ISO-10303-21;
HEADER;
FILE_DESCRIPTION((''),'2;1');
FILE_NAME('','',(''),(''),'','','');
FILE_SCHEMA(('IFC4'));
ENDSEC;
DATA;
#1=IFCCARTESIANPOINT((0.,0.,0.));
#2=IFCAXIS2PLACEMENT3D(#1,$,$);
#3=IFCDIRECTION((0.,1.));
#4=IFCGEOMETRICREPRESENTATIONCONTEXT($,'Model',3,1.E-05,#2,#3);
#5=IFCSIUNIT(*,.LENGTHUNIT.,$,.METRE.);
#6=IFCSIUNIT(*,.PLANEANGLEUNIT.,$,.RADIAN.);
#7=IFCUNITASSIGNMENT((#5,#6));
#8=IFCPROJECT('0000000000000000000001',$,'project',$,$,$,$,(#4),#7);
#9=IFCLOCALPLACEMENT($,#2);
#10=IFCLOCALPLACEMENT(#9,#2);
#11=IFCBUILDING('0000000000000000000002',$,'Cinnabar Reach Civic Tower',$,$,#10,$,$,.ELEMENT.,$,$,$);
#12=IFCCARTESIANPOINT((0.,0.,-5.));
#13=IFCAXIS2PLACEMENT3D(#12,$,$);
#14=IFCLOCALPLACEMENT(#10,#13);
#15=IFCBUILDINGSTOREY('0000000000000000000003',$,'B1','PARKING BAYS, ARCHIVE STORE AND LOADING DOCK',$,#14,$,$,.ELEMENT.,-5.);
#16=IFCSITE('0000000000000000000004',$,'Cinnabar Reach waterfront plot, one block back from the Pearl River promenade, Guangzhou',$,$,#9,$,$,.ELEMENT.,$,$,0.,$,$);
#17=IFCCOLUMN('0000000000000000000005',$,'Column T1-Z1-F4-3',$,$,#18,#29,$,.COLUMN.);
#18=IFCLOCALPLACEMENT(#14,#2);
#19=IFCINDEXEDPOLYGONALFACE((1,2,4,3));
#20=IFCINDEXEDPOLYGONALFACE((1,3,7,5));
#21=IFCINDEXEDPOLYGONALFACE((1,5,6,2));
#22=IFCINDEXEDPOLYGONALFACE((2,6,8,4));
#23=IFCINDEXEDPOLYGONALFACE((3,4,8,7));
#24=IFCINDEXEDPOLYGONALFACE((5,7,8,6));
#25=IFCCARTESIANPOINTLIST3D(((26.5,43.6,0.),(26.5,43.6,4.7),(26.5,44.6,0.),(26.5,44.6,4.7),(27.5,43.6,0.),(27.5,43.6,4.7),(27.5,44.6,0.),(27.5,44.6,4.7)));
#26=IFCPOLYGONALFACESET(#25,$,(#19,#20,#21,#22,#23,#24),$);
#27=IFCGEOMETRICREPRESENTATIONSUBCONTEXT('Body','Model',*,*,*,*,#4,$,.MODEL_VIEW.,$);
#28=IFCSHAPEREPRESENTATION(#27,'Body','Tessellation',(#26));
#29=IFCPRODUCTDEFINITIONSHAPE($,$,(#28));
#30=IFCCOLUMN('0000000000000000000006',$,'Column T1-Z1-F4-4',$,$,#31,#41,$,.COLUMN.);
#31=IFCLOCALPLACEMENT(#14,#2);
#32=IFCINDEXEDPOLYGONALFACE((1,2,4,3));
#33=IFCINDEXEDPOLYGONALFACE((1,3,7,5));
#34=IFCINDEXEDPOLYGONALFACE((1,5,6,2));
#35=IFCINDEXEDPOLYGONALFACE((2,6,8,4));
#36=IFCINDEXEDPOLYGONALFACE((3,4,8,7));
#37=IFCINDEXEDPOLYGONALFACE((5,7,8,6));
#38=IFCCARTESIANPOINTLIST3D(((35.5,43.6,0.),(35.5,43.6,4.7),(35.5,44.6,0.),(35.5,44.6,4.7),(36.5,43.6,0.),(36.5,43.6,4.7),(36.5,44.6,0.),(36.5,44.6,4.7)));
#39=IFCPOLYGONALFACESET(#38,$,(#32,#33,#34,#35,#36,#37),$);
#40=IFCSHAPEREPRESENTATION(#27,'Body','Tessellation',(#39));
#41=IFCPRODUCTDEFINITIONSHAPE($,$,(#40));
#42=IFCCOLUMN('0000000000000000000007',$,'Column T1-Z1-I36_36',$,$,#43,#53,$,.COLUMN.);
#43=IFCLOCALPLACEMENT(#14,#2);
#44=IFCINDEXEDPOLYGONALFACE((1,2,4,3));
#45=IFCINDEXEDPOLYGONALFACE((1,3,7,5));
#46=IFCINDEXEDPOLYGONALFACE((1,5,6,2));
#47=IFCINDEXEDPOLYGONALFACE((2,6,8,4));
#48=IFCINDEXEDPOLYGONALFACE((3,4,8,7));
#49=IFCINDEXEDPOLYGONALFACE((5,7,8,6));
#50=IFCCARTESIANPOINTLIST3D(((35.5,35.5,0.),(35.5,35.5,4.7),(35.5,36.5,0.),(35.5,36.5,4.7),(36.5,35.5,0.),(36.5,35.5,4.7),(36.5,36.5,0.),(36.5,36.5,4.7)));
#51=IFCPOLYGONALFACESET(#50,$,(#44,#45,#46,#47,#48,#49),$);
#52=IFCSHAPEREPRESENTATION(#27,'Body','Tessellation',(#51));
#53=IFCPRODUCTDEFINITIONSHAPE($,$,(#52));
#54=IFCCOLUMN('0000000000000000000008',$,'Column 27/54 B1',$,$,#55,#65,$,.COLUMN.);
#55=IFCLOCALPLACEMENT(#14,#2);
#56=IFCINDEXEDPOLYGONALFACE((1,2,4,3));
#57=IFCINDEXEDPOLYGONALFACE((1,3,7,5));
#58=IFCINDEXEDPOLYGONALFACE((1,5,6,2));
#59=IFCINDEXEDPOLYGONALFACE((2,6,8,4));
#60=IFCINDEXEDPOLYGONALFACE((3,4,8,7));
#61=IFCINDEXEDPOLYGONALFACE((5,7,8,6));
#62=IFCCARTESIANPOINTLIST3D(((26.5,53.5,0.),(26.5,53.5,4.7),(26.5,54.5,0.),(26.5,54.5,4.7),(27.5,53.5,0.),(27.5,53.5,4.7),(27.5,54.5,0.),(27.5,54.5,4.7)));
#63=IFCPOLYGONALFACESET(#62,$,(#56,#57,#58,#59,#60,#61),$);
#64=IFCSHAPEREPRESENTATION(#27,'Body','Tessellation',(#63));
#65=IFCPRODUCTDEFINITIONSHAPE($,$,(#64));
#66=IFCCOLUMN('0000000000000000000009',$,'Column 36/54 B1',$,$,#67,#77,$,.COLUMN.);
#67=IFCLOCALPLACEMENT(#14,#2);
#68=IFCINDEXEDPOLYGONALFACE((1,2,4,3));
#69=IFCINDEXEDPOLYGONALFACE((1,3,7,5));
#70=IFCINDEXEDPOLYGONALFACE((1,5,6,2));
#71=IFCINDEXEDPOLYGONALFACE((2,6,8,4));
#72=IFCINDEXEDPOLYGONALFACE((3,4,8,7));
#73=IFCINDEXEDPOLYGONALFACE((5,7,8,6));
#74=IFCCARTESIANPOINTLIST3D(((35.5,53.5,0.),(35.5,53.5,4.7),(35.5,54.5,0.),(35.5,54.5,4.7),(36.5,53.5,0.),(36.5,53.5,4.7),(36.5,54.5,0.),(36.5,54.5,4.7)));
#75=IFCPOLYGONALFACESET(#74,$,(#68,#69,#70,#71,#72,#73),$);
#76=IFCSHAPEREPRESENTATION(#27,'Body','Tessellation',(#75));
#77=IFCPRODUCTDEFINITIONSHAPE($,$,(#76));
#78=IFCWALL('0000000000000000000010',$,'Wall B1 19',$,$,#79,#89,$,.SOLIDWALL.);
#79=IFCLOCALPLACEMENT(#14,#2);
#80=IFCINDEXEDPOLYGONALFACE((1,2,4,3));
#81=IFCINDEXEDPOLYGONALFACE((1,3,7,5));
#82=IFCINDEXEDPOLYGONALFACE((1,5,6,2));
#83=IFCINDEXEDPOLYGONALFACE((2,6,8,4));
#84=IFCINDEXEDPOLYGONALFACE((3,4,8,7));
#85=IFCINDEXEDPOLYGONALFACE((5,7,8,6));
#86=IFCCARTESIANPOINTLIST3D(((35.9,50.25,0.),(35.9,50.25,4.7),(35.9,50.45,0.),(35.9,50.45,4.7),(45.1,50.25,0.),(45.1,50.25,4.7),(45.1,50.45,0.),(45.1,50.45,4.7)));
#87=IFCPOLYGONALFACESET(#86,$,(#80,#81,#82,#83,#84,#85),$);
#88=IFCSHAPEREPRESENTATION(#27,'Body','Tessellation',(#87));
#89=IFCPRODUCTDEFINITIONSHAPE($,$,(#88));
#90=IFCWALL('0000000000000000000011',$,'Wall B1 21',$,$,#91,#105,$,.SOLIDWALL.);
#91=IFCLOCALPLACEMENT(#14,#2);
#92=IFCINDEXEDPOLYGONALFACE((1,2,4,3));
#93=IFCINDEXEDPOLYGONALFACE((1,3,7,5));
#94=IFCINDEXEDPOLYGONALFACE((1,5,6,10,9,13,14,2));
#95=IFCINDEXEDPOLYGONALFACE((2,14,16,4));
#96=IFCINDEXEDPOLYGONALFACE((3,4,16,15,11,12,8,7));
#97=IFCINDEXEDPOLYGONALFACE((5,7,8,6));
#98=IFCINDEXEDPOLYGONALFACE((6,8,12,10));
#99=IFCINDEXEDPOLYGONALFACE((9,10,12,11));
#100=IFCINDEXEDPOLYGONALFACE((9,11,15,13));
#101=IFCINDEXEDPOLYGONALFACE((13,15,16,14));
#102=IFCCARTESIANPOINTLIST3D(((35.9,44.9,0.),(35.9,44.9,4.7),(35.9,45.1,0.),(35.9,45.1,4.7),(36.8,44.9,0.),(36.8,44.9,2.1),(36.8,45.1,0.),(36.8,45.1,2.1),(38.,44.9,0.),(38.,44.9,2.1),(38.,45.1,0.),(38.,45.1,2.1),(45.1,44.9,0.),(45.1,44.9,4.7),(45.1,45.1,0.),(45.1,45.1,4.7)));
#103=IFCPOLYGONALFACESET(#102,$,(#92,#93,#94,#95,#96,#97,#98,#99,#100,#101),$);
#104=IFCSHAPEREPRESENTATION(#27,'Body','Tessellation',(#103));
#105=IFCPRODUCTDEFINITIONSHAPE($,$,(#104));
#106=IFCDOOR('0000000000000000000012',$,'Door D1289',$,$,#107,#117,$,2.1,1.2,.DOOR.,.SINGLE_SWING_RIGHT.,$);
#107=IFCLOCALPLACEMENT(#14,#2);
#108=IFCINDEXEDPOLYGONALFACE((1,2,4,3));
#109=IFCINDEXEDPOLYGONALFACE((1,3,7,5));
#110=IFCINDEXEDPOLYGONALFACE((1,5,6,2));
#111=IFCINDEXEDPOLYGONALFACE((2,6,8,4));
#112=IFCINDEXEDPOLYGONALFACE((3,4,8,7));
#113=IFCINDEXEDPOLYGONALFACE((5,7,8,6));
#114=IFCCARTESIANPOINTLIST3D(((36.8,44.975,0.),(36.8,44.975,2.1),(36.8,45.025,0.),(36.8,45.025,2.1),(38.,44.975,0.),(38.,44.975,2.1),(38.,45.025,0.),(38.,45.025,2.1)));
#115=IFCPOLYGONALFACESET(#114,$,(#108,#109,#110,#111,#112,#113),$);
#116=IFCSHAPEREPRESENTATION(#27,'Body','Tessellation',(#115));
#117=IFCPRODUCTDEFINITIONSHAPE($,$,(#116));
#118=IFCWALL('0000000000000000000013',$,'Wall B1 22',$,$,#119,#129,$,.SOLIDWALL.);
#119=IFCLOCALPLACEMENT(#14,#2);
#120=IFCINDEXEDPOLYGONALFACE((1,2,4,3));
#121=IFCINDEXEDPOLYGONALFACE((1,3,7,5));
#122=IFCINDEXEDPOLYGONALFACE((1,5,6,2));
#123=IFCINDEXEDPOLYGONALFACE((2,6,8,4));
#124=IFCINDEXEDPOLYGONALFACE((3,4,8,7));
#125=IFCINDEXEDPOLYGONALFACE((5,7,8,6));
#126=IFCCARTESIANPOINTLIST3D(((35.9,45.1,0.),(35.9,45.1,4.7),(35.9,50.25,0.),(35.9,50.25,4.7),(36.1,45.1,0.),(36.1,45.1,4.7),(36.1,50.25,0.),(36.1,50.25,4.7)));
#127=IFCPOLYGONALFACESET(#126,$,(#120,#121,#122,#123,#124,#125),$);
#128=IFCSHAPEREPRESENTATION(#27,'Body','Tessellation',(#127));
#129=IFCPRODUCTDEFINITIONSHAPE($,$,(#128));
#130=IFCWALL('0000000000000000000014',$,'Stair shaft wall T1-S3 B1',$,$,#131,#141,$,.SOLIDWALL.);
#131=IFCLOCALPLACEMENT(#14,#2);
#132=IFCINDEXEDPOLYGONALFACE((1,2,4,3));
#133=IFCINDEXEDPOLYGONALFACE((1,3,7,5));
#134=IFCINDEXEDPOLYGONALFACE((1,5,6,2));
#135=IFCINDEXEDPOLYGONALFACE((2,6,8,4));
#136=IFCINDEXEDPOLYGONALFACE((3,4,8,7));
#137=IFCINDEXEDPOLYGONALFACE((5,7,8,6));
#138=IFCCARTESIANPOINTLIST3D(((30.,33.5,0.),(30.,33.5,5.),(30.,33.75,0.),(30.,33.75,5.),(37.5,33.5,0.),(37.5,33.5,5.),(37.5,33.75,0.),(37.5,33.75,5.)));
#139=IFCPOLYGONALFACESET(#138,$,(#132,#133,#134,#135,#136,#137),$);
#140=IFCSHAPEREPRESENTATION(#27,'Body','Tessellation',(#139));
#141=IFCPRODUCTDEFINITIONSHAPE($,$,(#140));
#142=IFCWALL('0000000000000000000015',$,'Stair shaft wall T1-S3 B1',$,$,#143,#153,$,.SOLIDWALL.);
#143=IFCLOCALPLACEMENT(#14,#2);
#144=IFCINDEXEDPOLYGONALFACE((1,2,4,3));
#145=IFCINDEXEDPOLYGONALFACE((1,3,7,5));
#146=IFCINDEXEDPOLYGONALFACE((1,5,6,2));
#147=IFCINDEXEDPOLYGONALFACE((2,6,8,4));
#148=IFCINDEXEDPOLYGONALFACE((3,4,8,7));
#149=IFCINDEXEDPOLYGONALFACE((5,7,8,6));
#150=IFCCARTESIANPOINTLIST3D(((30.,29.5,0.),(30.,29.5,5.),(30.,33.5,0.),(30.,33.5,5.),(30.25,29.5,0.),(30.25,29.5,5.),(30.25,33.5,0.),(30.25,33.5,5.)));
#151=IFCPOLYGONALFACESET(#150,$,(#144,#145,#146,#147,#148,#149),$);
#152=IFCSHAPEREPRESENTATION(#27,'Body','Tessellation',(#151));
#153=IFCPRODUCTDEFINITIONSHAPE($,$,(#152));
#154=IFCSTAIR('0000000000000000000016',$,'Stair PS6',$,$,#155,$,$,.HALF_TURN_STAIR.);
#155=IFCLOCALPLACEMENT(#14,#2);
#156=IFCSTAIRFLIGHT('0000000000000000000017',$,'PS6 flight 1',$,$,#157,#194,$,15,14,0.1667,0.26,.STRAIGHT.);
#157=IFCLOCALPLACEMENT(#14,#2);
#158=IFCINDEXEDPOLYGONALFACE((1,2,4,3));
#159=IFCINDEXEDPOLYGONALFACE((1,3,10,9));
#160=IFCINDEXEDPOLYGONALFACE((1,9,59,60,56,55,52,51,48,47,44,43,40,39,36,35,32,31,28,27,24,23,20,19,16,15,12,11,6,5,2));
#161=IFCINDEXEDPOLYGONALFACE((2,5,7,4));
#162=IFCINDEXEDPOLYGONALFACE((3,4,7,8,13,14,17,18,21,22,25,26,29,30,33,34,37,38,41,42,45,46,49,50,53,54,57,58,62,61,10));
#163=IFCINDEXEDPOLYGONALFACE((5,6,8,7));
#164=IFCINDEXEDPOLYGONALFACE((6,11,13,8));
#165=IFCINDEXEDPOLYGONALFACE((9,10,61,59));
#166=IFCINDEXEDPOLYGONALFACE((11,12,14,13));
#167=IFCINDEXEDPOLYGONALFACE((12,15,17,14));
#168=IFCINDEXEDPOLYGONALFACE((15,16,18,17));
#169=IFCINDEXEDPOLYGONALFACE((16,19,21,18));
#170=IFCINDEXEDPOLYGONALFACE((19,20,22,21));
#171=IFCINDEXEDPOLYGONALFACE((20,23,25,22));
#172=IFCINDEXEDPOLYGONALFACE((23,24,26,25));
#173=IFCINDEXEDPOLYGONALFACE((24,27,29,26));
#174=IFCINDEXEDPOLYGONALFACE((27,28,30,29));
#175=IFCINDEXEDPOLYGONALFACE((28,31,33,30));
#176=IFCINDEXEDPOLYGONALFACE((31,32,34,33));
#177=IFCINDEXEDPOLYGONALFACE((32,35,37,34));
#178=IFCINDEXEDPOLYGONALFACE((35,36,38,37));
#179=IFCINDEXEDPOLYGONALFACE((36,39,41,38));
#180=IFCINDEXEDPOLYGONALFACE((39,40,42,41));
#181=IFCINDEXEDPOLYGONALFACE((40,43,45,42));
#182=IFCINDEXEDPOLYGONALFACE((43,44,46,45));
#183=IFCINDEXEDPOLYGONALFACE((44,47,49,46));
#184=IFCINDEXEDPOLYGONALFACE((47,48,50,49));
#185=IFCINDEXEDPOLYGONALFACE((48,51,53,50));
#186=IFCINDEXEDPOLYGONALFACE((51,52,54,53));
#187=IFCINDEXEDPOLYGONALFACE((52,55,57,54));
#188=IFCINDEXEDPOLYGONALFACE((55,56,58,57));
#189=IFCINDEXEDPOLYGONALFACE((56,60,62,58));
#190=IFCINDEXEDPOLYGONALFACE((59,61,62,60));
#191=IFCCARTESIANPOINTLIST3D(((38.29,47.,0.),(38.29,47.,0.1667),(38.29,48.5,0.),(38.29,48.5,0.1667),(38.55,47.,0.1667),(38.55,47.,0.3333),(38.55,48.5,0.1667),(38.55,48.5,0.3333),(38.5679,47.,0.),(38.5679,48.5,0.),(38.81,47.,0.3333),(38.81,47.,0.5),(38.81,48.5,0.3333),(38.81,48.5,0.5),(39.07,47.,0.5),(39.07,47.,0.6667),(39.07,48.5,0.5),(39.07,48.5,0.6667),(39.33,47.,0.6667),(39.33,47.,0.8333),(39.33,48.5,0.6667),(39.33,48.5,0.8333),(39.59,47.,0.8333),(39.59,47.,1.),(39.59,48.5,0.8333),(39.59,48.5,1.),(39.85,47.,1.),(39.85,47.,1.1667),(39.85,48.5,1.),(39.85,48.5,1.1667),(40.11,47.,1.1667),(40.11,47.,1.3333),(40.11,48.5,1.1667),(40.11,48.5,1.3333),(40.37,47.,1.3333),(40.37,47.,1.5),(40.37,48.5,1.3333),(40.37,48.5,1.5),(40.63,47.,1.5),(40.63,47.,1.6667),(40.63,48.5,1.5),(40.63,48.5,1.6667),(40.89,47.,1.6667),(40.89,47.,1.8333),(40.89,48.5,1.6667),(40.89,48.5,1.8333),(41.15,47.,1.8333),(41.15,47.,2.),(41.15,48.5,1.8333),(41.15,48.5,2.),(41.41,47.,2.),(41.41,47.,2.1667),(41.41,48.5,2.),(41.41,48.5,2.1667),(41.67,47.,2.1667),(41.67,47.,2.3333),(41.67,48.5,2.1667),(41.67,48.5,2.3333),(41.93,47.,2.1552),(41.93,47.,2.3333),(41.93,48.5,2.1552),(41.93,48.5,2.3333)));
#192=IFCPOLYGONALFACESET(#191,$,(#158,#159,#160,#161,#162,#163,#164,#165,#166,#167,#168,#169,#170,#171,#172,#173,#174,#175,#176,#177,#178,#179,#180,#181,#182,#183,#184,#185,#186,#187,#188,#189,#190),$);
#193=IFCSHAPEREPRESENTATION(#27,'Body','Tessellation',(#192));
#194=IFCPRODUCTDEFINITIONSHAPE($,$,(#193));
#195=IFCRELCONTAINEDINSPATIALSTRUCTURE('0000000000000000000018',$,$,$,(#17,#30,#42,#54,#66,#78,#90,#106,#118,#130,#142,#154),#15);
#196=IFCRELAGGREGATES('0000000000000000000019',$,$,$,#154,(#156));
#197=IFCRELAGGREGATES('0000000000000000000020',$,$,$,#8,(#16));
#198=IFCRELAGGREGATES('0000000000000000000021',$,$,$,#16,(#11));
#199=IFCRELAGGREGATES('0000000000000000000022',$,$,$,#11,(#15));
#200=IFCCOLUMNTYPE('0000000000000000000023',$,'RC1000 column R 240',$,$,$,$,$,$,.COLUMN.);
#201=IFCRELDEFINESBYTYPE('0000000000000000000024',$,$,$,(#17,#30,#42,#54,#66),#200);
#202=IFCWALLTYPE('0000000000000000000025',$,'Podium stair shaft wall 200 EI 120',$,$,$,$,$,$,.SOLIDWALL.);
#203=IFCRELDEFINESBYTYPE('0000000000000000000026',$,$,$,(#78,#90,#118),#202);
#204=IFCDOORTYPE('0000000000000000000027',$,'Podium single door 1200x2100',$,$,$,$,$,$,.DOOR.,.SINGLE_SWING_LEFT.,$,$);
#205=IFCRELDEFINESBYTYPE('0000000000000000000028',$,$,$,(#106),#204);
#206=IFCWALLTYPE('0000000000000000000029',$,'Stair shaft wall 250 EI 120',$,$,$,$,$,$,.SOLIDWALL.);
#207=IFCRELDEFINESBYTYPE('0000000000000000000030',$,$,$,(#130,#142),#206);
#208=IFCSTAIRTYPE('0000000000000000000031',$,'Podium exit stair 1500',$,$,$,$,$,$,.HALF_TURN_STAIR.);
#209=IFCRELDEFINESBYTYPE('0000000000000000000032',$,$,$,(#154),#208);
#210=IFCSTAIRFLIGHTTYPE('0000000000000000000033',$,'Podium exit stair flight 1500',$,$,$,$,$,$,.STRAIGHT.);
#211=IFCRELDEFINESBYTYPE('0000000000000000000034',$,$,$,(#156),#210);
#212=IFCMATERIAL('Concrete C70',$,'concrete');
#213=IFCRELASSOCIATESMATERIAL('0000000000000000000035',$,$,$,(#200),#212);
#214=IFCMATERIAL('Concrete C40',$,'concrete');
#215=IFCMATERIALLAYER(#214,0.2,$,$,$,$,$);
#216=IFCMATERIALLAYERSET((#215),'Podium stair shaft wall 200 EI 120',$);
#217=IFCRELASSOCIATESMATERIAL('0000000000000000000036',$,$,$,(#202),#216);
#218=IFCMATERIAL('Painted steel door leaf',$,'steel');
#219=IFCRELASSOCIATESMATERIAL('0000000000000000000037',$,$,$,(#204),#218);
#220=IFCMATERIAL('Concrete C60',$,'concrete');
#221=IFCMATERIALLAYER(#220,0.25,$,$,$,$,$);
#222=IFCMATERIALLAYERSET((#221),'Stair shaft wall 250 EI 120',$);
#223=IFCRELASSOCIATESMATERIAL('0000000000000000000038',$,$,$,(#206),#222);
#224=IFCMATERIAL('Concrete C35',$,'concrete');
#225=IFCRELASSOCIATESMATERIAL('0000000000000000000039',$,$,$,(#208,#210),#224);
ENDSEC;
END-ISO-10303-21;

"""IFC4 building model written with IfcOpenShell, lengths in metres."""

from ifc_helpers import new_model, si_unit, direction, frame, frame_2d, origin, origin_2d, place, context, subcontext, project, spatial, polyline, rectangle, outline, extrude, material, layer, layer_set, material_profile, profile_set, type_object, element, fill, aggregate, save


model = new_model("IFC4")

# Units and contexts
model_context = context("Model", 3, precision=1e-05, world=origin(), true_north=direction((0.0, 1.0)))
body_context = subcontext(model_context, "Body", "Model", "MODEL_VIEW")
ifc_project = project(units=[si_unit("LENGTHUNIT", "METRE"), si_unit("PLANEANGLEUNIT", "RADIAN")], contexts=[model_context])

# Site, building, storey
site_placement = place(None, origin())
site = spatial("IfcSite", under=ifc_project, at=site_placement, Name="Cinnabar Reach waterfront plot, one block back from the Pearl River promenade, Guangzhou", CompositionType="ELEMENT", RefElevation=0.0)
building_placement = place(site_placement, origin())
building = spatial("IfcBuilding", under=site, at=building_placement, Name="Cinnabar Reach Civic Tower", CompositionType="ELEMENT")
storey_placement = place(building_placement, frame((0.0, 0.0, -5.0)))
storey = spatial("IfcBuildingStorey", under=building, at=storey_placement, Name="B1", Description="PARKING BAYS, ARCHIVE STORE AND LOADING DOCK", CompositionType="ELEMENT", Elevation=-5.0)

# Columns
ifc_material_1 = material(Name="Concrete C70", Category="concrete")
ifc_material_profile = material_profile(ifc_material_1, rectangle(XDim=1.0, YDim=1.0, at=origin_2d()), Name="RC1000")
ifc_profile_set = profile_set([ifc_material_profile], Name="Concrete C70")
column_type = type_object("IfcColumnType", Name="RC1000 column R 240", PredefinedType="COLUMN", material=ifc_profile_set)
for number, where, z_axis, x_axis, name in (
    (1, (27.0, 44.1, 0.0), (0.0, 0.0, 1.0), (1.0, 0.0, 0.0), "Column T1-Z1-F4-3"),
    (2, (36.0, 44.1, 0.0), (0.0, 0.0, 1.0), (1.0, 0.0, 0.0), "Column T1-Z1-F4-4"),
    (3, (36.0, 36.0, 0.0), (0.0, 0.0, 1.0), (1.0, 0.0, 0.0), "Column T1-Z1-I36_36"),
    (4, (27.0, 54.0, 0.0), (0.0, 0.0, 1.0), (1.0, 0.0, 0.0), "Column 27/54 B1"),
    (5, (36.0, 54.0, 0.0), (0.0, 0.0, 1.0), (1.0, 0.0, 0.0), "Column 36/54 B1"),
):
    element("IfcColumn", number, at=place(storey_placement, frame(where, z_axis=z_axis, x_axis=x_axis)), inside=storey, type_object=column_type, Name=name, PredefinedType="COLUMN", context=body_context, shape_type="SweptSolid", body=[
        extrude(rectangle(XDim=1.0, YDim=1.0, at=origin_2d()), origin(), (0.0, 0.0, 1.0), 4.7),
    ])

# Wall
ifc_material_2 = material(Name="Concrete C40", Category="concrete")
ifc_layer_1 = layer(ifc_material_2, 0.2)
ifc_layer_set_1 = layer_set([ifc_layer_1], Name="Podium stair shaft wall 200 EI 120")
wall_type_1 = type_object("IfcWallType", Name="Podium stair shaft wall 200 EI 120", PredefinedType="SOLIDWALL", material=ifc_layer_set_1)
wall_1_placement = place(storey_placement, frame((35.9, 50.35, 0.0), z_axis=(0.0, 0.0, 1.0), x_axis=(1.0, 0.0, 0.0)))
element("IfcWall", 6, at=wall_1_placement, inside=storey, type_object=wall_type_1, Name="Wall B1 19", PredefinedType="SOLIDWALL", context=body_context, shape_type="SweptSolid", body=[
    extrude(rectangle(XDim=9.2, YDim=0.2, at=frame_2d((4.6, 0.0))), origin(), (0.0, 0.0, 1.0), 4.7),
])

# Wall, opening, door
wall_2_placement = place(storey_placement, frame((35.9, 45.0, 0.0), z_axis=(0.0, 0.0, 1.0), x_axis=(1.0, 0.0, 0.0)))
wall_2 = element("IfcWall", 7, at=wall_2_placement, inside=storey, type_object=wall_type_1, Name="Wall B1 21", PredefinedType="SOLIDWALL", context=body_context, shape_type="SweptSolid", body=[
    extrude(rectangle(XDim=9.2, YDim=0.2, at=frame_2d((4.6, 0.0))), origin(), (0.0, 0.0, 1.0), 4.7),
])
opening_placement = place(wall_2_placement, frame((0.9, 0.0, 0.0)))
opening = element("IfcOpeningElement", 8, at=opening_placement, cuts=wall_2, PredefinedType="OPENING", context=body_context, shape_type="SweptSolid", body=[
    extrude(rectangle(XDim=1.2, YDim=2.1, at=frame_2d((0.6, 1.05))), frame((0.0, 0.11, 0.0), z_axis=(0.0, -1.0, 0.0), x_axis=(1.0, 0.0, 0.0)), (0.0, 0.0, 1.0), 0.22),
])
ifc_material_3 = material(Name="Painted steel door leaf", Category="steel")
door_type = type_object("IfcDoorType", Name="Podium single door 1200x2100", OperationType="SINGLE_SWING_LEFT", PredefinedType="DOOR", material=ifc_material_3)
door_placement = place(opening_placement, origin())
door = element("IfcDoor", 9, at=door_placement, inside=storey, type_object=door_type, Name="Door D1289", OperationType="SINGLE_SWING_RIGHT", OverallHeight=2.1, OverallWidth=1.2, PredefinedType="DOOR", context=body_context, shape_type="SweptSolid", body=[
    extrude(rectangle(XDim=1.2, YDim=2.1, at=frame_2d((0.6, 1.05))), frame((0.0, 0.025, 0.0), z_axis=(0.0, -1.0, 0.0), x_axis=(1.0, 0.0, 0.0)), (0.0, 0.0, 1.0), 0.05),
])
fill(opening, door)

# Walls
wall_3_placement = place(storey_placement, frame((36.0, 45.1, 0.0), z_axis=(0.0, 0.0, 1.0), x_axis=(0.0, 1.0, 0.0)))
element("IfcWall", 10, at=wall_3_placement, inside=storey, type_object=wall_type_1, Name="Wall B1 22", PredefinedType="SOLIDWALL", context=body_context, shape_type="SweptSolid", body=[
    extrude(rectangle(XDim=5.15, YDim=0.2, at=frame_2d((2.575, 0.0))), origin(), (0.0, 0.0, 1.0), 4.7),
])
ifc_material_4 = material(Name="Concrete C60", Category="concrete")
ifc_layer_2 = layer(ifc_material_4, 0.25)
ifc_layer_set_2 = layer_set([ifc_layer_2], Name="Stair shaft wall 250 EI 120")
wall_type_2 = type_object("IfcWallType", Name="Stair shaft wall 250 EI 120", PredefinedType="SOLIDWALL", material=ifc_layer_set_2)
wall_4_placement = place(storey_placement, frame((37.5, 33.625, 0.0), z_axis=(0.0, 0.0, 1.0), x_axis=(-1.0, 0.0, 0.0)))
element("IfcWall", 11, at=wall_4_placement, inside=storey, type_object=wall_type_2, Name="Stair shaft wall T1-S3 B1", PredefinedType="SOLIDWALL", context=body_context, shape_type="SweptSolid", body=[
    extrude(rectangle(XDim=7.5, YDim=0.25, at=frame_2d((3.75, 0.0))), origin(), (0.0, 0.0, 1.0), 5.0),
])
wall_5_placement = place(storey_placement, frame((30.125, 33.5, 0.0), z_axis=(0.0, 0.0, 1.0), x_axis=(0.0, -1.0, 0.0)))
element("IfcWall", 12, at=wall_5_placement, inside=storey, type_object=wall_type_2, Name="Stair shaft wall T1-S3 B1", PredefinedType="SOLIDWALL", context=body_context, shape_type="SweptSolid", body=[
    extrude(rectangle(XDim=4.0, YDim=0.25, at=frame_2d((2.0, 0.0))), origin(), (0.0, 0.0, 1.0), 5.0),
])

# Stair, stair flight
ifc_material_5 = material(Name="Concrete C35", Category="concrete")
stair_type = type_object("IfcStairType", Name="Podium exit stair 1500", PredefinedType="HALF_TURN_STAIR", material=ifc_material_5)
stair_placement = place(storey_placement, origin())
stair = element("IfcStair", 13, at=stair_placement, inside=storey, type_object=stair_type, Name="Stair PS6", PredefinedType="HALF_TURN_STAIR")
stair_flight_type = type_object("IfcStairFlightType", Name="Podium exit stair flight 1500", PredefinedType="STRAIGHT", material=ifc_material_5)
stair_flight_1_placement = place(storey_placement, frame((38.29, 47.75, 0.0), z_axis=(0.0, 0.0, 1.0), x_axis=(1.0, 0.0, 0.0)))
stair_flight_1 = element("IfcStairFlight", 14, at=stair_flight_1_placement, type_object=stair_flight_type, Name="PS6 flight 1", NumberOfRisers=15, NumberOfTreads=14, PredefinedType="STRAIGHT", RiserHeight=0.1667, TreadLength=0.26, context=body_context, shape_type="SweptSolid", body=[
    extrude(outline(polyline([(0.0, 0.0), (0.0, 0.1667), (0.26, 0.1667), (0.26, 0.3333), (0.52, 0.3333), (0.52, 0.5), (0.78, 0.5), (0.78, 0.6667), (1.04, 0.6667), (1.04, 0.8333), (1.3, 0.8333), (1.3, 1.0), (1.56, 1.0), (1.56, 1.1667), (1.82, 1.1667), (1.82, 1.3333), (2.08, 1.3333), (2.08, 1.5), (2.34, 1.5), (2.34, 1.6667), (2.6, 1.6667), (2.6, 1.8333), (2.86, 1.8333), (2.86, 2.0), (3.12, 2.0), (3.12, 2.1667), (3.38, 2.1667), (3.38, 2.3333), (3.64, 2.3333), (3.64, 2.5), (3.64, 2.1552), (0.2779, 0.0), (0.0, 0.0)])), frame((0.0, 0.75, 0.0), z_axis=(0.0, -1.0, 0.0), x_axis=(1.0, 0.0, 0.0)), (0.0, 0.0, 1.0), 1.5),
])
aggregate(stair, [stair_flight_1])

save(model, "model.ifc")
